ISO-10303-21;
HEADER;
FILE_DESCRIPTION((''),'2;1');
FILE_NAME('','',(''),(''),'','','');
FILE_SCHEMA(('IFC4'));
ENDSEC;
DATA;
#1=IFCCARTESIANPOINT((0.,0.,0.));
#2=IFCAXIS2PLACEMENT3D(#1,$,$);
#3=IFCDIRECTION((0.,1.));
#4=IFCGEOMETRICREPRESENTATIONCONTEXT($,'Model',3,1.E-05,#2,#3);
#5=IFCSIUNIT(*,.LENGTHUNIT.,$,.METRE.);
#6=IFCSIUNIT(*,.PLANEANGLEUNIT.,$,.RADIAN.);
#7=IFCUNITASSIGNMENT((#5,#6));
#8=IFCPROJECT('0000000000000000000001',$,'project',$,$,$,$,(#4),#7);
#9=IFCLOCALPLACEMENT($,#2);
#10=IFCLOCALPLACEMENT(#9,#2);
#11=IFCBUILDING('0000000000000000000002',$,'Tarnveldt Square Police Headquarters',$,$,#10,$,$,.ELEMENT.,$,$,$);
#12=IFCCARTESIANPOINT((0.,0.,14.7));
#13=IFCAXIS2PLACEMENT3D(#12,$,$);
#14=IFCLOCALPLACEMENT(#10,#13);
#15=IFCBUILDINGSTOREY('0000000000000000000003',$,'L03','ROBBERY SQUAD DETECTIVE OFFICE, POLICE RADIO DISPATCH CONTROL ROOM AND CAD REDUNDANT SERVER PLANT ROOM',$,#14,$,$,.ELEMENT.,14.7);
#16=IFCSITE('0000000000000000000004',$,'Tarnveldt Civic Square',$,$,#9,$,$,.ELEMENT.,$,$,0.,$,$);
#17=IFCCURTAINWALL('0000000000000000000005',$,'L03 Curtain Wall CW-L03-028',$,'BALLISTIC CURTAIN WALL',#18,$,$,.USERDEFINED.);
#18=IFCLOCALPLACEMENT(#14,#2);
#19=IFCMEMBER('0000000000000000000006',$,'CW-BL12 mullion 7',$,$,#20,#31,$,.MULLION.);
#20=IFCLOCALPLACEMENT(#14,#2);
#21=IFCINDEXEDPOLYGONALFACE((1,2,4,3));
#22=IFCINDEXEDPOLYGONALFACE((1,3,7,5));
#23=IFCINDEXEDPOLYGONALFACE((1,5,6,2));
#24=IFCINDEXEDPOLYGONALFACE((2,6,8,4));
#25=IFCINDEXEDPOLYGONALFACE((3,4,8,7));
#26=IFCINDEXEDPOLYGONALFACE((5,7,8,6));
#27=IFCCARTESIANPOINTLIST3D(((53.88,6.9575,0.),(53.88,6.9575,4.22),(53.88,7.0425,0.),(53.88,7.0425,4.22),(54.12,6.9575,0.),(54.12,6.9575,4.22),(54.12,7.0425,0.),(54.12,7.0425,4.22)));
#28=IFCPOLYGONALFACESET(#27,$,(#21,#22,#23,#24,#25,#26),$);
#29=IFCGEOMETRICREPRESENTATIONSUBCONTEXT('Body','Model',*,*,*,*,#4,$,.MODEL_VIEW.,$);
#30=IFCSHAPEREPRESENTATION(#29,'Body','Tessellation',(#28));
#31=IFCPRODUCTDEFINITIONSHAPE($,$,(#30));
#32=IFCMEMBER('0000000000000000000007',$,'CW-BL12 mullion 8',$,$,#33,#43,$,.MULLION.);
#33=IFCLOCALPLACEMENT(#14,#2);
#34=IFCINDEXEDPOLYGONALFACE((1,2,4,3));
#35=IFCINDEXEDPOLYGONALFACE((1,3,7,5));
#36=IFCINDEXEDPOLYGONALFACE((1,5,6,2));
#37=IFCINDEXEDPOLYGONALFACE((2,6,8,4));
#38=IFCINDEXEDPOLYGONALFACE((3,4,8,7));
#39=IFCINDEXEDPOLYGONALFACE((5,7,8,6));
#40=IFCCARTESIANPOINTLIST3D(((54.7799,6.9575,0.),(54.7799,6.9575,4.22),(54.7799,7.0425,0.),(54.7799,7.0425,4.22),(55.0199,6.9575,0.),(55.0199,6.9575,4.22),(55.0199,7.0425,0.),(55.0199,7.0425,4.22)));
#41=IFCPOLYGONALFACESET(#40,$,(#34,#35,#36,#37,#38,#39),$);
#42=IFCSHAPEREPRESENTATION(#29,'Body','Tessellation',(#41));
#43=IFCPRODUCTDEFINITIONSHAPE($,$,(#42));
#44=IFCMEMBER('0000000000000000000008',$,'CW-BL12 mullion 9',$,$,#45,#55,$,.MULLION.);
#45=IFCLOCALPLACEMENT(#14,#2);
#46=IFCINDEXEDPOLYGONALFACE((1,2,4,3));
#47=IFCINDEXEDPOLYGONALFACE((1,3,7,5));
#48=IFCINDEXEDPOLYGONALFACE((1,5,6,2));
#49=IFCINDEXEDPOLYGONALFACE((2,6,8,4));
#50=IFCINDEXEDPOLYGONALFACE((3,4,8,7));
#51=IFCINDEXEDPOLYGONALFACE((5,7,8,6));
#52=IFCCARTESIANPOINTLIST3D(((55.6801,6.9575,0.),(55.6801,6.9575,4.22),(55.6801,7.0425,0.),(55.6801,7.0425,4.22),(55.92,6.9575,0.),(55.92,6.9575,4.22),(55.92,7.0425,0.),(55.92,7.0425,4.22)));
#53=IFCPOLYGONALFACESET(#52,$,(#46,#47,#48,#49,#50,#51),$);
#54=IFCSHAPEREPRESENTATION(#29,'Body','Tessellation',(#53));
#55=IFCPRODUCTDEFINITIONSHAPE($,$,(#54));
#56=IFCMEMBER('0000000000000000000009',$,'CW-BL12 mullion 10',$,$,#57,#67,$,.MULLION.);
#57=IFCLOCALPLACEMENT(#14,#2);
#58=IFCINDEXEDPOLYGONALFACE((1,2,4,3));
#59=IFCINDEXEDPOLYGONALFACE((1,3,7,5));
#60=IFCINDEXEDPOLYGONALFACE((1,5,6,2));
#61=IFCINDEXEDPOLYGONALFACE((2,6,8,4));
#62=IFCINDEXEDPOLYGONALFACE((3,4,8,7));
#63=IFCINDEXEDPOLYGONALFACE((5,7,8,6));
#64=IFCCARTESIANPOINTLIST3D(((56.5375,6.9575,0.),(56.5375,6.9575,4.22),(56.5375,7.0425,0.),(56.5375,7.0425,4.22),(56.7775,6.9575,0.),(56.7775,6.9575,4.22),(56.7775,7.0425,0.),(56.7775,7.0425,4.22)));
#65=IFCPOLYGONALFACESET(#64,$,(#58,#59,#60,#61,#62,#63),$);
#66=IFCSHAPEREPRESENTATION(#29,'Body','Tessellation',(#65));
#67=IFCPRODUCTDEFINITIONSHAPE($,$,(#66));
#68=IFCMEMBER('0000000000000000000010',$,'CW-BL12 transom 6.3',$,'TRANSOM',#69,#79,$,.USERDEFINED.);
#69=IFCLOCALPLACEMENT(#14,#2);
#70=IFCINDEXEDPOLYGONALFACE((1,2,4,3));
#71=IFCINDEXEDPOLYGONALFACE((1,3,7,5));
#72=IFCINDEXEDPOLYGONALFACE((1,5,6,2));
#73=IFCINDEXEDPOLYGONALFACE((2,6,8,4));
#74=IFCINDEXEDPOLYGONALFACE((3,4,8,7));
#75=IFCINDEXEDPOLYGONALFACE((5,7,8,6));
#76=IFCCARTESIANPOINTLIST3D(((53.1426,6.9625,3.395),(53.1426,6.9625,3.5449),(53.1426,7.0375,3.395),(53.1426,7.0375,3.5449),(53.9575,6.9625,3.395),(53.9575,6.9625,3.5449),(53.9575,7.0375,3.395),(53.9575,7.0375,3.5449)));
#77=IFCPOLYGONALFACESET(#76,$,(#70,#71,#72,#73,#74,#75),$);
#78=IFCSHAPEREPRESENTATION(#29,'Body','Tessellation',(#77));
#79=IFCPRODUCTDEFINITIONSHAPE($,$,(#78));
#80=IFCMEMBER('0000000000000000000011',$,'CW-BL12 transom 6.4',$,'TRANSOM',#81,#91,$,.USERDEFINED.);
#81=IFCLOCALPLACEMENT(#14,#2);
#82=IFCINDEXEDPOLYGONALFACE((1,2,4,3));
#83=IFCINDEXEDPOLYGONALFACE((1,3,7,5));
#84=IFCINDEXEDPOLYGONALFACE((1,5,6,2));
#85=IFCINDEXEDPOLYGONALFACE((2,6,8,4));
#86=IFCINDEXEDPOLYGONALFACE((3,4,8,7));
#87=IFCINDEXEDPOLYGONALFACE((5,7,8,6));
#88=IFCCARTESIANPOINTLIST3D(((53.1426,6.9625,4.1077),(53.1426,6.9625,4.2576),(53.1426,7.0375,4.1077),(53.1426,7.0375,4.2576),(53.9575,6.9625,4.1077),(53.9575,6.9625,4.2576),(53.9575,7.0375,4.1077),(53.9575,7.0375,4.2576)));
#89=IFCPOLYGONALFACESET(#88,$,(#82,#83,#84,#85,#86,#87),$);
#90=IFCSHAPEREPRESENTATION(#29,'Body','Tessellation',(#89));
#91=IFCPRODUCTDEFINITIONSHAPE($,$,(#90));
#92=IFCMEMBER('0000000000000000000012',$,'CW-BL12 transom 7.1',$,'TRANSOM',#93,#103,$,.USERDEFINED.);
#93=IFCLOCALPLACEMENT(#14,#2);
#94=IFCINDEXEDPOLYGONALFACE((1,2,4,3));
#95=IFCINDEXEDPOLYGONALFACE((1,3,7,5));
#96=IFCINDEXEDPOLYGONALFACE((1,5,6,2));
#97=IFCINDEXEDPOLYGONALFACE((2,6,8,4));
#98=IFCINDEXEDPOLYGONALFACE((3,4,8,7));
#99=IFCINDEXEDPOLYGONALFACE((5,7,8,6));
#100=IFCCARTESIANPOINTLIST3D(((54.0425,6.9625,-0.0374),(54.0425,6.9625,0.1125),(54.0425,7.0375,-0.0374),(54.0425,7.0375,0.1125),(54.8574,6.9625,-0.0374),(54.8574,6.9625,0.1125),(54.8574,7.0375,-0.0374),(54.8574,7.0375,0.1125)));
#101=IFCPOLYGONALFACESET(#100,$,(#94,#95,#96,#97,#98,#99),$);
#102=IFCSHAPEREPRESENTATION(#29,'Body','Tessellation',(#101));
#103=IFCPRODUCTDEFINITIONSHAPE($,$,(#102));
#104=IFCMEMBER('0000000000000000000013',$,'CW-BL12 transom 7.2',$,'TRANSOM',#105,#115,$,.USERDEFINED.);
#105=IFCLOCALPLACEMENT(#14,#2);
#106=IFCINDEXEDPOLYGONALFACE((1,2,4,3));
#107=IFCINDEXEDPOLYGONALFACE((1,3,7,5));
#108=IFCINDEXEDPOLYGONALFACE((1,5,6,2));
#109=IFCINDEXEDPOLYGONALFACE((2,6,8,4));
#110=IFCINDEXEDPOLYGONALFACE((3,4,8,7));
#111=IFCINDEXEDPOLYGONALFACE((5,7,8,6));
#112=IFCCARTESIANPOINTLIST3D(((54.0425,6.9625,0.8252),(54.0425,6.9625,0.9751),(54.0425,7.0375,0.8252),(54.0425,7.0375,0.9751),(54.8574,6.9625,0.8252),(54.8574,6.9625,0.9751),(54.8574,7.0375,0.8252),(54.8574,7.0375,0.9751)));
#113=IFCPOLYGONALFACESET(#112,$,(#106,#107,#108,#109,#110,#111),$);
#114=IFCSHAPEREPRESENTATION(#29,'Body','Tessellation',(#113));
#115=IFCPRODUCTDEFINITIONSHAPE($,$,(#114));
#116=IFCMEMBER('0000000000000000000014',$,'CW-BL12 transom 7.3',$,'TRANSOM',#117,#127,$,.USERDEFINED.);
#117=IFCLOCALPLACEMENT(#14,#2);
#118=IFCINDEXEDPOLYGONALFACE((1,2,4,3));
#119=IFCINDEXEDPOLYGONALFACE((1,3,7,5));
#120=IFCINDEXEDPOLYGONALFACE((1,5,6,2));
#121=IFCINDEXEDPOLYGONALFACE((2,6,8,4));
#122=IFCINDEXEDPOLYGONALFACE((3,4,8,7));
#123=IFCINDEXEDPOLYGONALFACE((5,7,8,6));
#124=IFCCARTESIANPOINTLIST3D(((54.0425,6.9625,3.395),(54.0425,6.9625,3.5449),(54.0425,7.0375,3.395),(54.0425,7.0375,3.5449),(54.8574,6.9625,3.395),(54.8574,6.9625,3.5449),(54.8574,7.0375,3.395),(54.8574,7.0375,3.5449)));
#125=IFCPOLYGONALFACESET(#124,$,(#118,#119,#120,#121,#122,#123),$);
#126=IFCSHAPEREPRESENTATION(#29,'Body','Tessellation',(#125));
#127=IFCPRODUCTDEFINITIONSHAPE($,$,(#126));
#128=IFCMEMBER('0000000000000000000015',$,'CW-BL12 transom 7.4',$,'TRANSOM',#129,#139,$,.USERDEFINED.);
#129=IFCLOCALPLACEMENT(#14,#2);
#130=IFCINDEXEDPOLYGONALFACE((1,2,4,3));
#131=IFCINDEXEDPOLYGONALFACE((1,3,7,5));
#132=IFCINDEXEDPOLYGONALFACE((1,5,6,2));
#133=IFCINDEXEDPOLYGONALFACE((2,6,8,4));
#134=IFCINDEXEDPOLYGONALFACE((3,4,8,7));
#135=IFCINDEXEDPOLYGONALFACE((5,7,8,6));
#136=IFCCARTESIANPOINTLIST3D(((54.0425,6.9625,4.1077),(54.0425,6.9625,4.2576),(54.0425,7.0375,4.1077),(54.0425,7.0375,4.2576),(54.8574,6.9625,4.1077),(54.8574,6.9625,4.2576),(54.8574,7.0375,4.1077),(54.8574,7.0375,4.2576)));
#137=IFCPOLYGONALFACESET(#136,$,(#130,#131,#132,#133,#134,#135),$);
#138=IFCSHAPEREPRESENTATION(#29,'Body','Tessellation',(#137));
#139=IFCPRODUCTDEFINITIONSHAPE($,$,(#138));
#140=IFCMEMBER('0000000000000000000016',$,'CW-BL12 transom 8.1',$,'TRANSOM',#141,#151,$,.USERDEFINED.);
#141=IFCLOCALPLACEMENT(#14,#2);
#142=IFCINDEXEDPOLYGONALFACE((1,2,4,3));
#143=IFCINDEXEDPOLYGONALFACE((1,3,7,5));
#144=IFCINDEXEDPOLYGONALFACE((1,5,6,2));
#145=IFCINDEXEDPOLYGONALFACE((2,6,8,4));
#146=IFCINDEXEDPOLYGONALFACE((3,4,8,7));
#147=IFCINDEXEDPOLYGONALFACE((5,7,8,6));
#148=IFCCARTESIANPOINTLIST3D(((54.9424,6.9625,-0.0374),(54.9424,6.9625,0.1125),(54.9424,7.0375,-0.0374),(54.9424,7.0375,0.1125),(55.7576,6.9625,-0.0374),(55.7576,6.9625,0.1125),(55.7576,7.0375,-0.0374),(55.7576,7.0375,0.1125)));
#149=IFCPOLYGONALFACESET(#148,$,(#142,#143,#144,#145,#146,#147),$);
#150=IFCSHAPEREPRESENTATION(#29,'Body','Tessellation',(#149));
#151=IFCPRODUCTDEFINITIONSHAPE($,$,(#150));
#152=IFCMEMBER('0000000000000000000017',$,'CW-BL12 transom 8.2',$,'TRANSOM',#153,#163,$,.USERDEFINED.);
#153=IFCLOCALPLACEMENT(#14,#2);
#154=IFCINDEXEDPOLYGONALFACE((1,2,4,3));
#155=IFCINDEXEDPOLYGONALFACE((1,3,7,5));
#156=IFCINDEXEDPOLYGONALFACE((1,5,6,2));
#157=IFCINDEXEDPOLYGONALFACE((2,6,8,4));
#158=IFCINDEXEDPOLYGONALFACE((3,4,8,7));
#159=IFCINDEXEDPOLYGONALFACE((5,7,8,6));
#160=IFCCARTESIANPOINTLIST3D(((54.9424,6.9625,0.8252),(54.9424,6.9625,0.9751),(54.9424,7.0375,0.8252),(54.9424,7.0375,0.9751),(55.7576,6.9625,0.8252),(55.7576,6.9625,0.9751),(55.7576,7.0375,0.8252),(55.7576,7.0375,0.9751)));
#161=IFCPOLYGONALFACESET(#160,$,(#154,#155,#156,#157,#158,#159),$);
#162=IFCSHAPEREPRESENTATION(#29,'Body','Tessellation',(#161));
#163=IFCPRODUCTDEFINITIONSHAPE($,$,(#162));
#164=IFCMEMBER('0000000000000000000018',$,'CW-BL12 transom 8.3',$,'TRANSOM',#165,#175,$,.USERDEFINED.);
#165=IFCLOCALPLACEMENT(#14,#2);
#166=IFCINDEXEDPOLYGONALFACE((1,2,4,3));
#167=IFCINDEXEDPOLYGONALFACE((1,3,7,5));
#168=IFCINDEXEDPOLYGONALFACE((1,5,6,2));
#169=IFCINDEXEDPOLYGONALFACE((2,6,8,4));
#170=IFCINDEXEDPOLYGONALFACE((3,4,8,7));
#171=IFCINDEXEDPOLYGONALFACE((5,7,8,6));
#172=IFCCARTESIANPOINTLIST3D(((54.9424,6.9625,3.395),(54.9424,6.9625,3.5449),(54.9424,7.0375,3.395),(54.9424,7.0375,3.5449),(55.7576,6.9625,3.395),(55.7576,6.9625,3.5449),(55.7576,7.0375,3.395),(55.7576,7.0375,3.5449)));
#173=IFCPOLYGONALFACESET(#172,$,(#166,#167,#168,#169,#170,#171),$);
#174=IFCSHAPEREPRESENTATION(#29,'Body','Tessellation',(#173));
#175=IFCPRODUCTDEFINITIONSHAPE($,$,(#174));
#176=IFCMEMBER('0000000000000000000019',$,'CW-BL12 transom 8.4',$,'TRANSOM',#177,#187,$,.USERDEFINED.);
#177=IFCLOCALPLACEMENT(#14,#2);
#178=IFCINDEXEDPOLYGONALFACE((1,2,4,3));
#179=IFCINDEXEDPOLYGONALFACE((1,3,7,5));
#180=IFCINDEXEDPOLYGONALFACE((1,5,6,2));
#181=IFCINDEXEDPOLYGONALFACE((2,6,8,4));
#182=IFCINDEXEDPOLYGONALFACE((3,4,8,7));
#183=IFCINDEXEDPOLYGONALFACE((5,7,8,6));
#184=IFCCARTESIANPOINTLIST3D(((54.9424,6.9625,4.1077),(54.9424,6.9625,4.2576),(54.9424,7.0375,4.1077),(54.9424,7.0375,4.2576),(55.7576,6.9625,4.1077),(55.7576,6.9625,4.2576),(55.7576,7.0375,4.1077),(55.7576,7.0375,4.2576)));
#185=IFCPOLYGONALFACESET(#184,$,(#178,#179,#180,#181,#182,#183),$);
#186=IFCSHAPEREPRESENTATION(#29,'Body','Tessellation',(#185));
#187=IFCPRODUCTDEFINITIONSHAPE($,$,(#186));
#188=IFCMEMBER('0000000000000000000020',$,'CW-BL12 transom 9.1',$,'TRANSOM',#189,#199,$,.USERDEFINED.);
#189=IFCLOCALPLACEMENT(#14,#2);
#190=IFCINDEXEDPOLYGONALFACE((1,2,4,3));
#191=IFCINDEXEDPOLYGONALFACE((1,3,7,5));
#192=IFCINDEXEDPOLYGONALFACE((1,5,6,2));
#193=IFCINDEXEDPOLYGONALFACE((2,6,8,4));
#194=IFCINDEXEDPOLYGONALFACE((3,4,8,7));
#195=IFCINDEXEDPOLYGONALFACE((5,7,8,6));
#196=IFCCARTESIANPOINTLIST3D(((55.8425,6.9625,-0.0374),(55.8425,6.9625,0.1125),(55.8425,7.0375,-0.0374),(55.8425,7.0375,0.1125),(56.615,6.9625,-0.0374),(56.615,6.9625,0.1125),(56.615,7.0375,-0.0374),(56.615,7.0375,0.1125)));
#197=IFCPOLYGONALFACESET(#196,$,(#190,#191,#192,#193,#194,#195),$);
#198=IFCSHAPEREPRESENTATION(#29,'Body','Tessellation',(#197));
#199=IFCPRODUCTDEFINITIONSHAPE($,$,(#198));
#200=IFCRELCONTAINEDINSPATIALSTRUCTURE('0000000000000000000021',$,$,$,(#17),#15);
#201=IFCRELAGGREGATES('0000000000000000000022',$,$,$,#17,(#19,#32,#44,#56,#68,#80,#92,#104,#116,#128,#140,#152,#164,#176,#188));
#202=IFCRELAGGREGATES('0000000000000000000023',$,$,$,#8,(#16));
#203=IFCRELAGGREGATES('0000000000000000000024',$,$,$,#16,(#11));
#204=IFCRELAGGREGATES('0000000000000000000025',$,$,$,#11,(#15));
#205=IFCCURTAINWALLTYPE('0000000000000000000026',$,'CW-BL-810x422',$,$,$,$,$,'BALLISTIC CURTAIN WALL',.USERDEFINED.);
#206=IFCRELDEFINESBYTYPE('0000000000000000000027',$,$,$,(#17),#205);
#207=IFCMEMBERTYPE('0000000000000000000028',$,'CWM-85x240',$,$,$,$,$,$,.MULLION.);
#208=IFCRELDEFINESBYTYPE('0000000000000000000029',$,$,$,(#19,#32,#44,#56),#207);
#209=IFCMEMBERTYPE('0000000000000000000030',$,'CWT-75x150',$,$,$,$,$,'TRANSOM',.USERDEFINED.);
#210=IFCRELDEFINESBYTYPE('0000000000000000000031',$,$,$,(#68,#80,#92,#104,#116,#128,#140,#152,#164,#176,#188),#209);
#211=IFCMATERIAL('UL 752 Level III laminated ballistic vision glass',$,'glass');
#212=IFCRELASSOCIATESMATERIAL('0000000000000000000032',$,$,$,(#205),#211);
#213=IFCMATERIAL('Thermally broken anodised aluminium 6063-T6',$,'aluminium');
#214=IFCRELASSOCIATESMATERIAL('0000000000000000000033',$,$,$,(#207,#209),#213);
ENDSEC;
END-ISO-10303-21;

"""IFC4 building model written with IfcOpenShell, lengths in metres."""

from ifc_helpers import new_model, si_unit, direction, frame, origin, origin_2d, place, context, subcontext, project, spatial, rectangle, extrude, material, material_profile, profile_set, type_object, element, aggregate, save


model = new_model("IFC4")

# Units and contexts
model_context = context("Model", 3, precision=1e-05, world=origin(), true_north=direction((0.0, 1.0)))
body_context = subcontext(model_context, "Body", "Model", "MODEL_VIEW")
ifc_project = project(units=[si_unit("LENGTHUNIT", "METRE"), si_unit("PLANEANGLEUNIT", "RADIAN")], contexts=[model_context])

# Site, building, storey
site_placement = place(None, origin())
site = spatial("IfcSite", under=ifc_project, at=site_placement, Name="Tarnveldt Civic Square", CompositionType="ELEMENT", RefElevation=0.0)
building_placement = place(site_placement, origin())
building = spatial("IfcBuilding", under=site, at=building_placement, Name="Tarnveldt Square Police Headquarters", CompositionType="ELEMENT")
storey_placement = place(building_placement, frame((0.0, 0.0, 14.7)))
storey = spatial("IfcBuildingStorey", under=building, at=storey_placement, Name="L03", Description="ROBBERY SQUAD DETECTIVE OFFICE, POLICE RADIO DISPATCH CONTROL ROOM AND CAD REDUNDANT SERVER PLANT ROOM", CompositionType="ELEMENT", Elevation=14.7)

# Curtain wall, members
ifc_material_1 = material(Name="UL 752 Level III laminated ballistic vision glass", Category="glass")
curtain_wall_type = type_object("IfcCurtainWallType", Name="CW-BL-810x422", ElementType="BALLISTIC CURTAIN WALL", PredefinedType="USERDEFINED", material=ifc_material_1)
curtain_wall_placement = place(storey_placement, origin())
curtain_wall = element("IfcCurtainWall", 1, at=curtain_wall_placement, inside=storey, type_object=curtain_wall_type, Name="L03 Curtain Wall CW-L03-028", ObjectType="BALLISTIC CURTAIN WALL", PredefinedType="USERDEFINED")
ifc_material_2 = material(Name="Thermally broken anodised aluminium 6063-T6", Category="aluminium")
ifc_material_profile_1 = material_profile(ifc_material_2, rectangle(XDim=0.085, YDim=0.24, at=origin_2d()), Name="CW-M85x240")
ifc_profile_set_1 = profile_set([ifc_material_profile_1], Name="Thermally broken anodised aluminium 6063-T6")
member_type_1 = type_object("IfcMemberType", Name="CWM-85x240", PredefinedType="MULLION", material=ifc_profile_set_1)
member_1_placement = place(storey_placement, frame((54.0, 7.0, 0.0), z_axis=(0.0, 0.0, 1.0), x_axis=(0.0, 1.0, 0.0)))
member_1 = element("IfcMember", 2, at=member_1_placement, type_object=member_type_1, Name="CW-BL12 mullion 7", PredefinedType="MULLION", context=body_context, shape_type="SweptSolid", body=[
    extrude(rectangle(XDim=0.085, YDim=0.24, at=origin_2d()), origin(), (0.0, 0.0, 1.0), 4.22),
])
member_2_placement = place(storey_placement, frame((54.8999, 7.0, 0.0), z_axis=(0.0, 0.0, 1.0), x_axis=(0.0, 1.0, 0.0)))
member_2 = element("IfcMember", 3, at=member_2_placement, type_object=member_type_1, Name="CW-BL12 mullion 8", PredefinedType="MULLION", context=body_context, shape_type="SweptSolid", body=[
    extrude(rectangle(XDim=0.085, YDim=0.24, at=origin_2d()), origin(), (0.0, 0.0, 1.0), 4.22),
])
member_3_placement = place(storey_placement, frame((55.8, 7.0, 0.0), z_axis=(0.0, 0.0, 1.0), x_axis=(0.0, 1.0, 0.0)))
member_3 = element("IfcMember", 4, at=member_3_placement, type_object=member_type_1, Name="CW-BL12 mullion 9", PredefinedType="MULLION", context=body_context, shape_type="SweptSolid", body=[
    extrude(rectangle(XDim=0.085, YDim=0.24, at=origin_2d()), origin(), (0.0, 0.0, 1.0), 4.22),
])
member_4_placement = place(storey_placement, frame((56.6575, 7.0, 0.0), z_axis=(0.0, 0.0, 1.0), x_axis=(0.0, 1.0, 0.0)))
member_4 = element("IfcMember", 5, at=member_4_placement, type_object=member_type_1, Name="CW-BL12 mullion 10", PredefinedType="MULLION", context=body_context, shape_type="SweptSolid", body=[
    extrude(rectangle(XDim=0.085, YDim=0.24, at=origin_2d()), origin(), (0.0, 0.0, 1.0), 4.22),
])
ifc_material_profile_2 = material_profile(ifc_material_2, rectangle(XDim=0.075, YDim=0.1499, at=origin_2d()), Name="CW-T75x150")
ifc_profile_set_2 = profile_set([ifc_material_profile_2], Name="Thermally broken anodised aluminium 6063-T6")
member_type_2 = type_object("IfcMemberType", Name="CWT-75x150", ElementType="TRANSOM", PredefinedType="USERDEFINED", material=ifc_profile_set_2)
member_5_placement = place(storey_placement, frame((53.1426, 7.0, 3.47), z_axis=(1.0, 0.0, 0.0), x_axis=(0.0, 1.0, 0.0)))
member_5 = element("IfcMember", 6, at=member_5_placement, type_object=member_type_2, Name="CW-BL12 transom 6.3", ObjectType="TRANSOM", PredefinedType="USERDEFINED", context=body_context, shape_type="SweptSolid", body=[
    extrude(rectangle(XDim=0.075, YDim=0.1499, at=origin_2d()), origin(), (0.0, 0.0, 1.0), 0.8149),
])
member_6_placement = place(storey_placement, frame((53.1426, 7.0, 4.1826), z_axis=(1.0, 0.0, 0.0), x_axis=(0.0, 1.0, 0.0)))
member_6 = element("IfcMember", 7, at=member_6_placement, type_object=member_type_2, Name="CW-BL12 transom 6.4", ObjectType="TRANSOM", PredefinedType="USERDEFINED", context=body_context, shape_type="SweptSolid", body=[
    extrude(rectangle(XDim=0.075, YDim=0.1499, at=origin_2d()), origin(), (0.0, 0.0, 1.0), 0.8149),
])
member_7_placement = place(storey_placement, frame((54.0425, 7.0, 0.0376), z_axis=(1.0, 0.0, 0.0), x_axis=(0.0, 1.0, 0.0)))
member_7 = element("IfcMember", 8, at=member_7_placement, type_object=member_type_2, Name="CW-BL12 transom 7.1", ObjectType="TRANSOM", PredefinedType="USERDEFINED", context=body_context, shape_type="SweptSolid", body=[
    extrude(rectangle(XDim=0.075, YDim=0.1499, at=origin_2d()), origin(), (0.0, 0.0, 1.0), 0.8149),
])
member_8_placement = place(storey_placement, frame((54.0425, 7.0, 0.9001), z_axis=(1.0, 0.0, 0.0), x_axis=(0.0, 1.0, 0.0)))
member_8 = element("IfcMember", 9, at=member_8_placement, type_object=member_type_2, Name="CW-BL12 transom 7.2", ObjectType="TRANSOM", PredefinedType="USERDEFINED", context=body_context, shape_type="SweptSolid", body=[
    extrude(rectangle(XDim=0.075, YDim=0.1499, at=origin_2d()), origin(), (0.0, 0.0, 1.0), 0.8149),
])
member_9_placement = place(storey_placement, frame((54.0425, 7.0, 3.47), z_axis=(1.0, 0.0, 0.0), x_axis=(0.0, 1.0, 0.0)))
member_9 = element("IfcMember", 10, at=member_9_placement, type_object=member_type_2, Name="CW-BL12 transom 7.3", ObjectType="TRANSOM", PredefinedType="USERDEFINED", context=body_context, shape_type="SweptSolid", body=[
    extrude(rectangle(XDim=0.075, YDim=0.1499, at=origin_2d()), origin(), (0.0, 0.0, 1.0), 0.8149),
])
member_10_placement = place(storey_placement, frame((54.0425, 7.0, 4.1826), z_axis=(1.0, 0.0, 0.0), x_axis=(0.0, 1.0, 0.0)))
member_10 = element("IfcMember", 11, at=member_10_placement, type_object=member_type_2, Name="CW-BL12 transom 7.4", ObjectType="TRANSOM", PredefinedType="USERDEFINED", context=body_context, shape_type="SweptSolid", body=[
    extrude(rectangle(XDim=0.075, YDim=0.1499, at=origin_2d()), origin(), (0.0, 0.0, 1.0), 0.8149),
])
member_11_placement = place(storey_placement, frame((54.9424, 7.0, 0.0376), z_axis=(1.0, 0.0, 0.0), x_axis=(0.0, 1.0, 0.0)))
member_11 = element("IfcMember", 12, at=member_11_placement, type_object=member_type_2, Name="CW-BL12 transom 8.1", ObjectType="TRANSOM", PredefinedType="USERDEFINED", context=body_context, shape_type="SweptSolid", body=[
    extrude(rectangle(XDim=0.075, YDim=0.1499, at=origin_2d()), origin(), (0.0, 0.0, 1.0), 0.8152),
])
member_12_placement = place(storey_placement, frame((54.9424, 7.0, 0.9001), z_axis=(1.0, 0.0, 0.0), x_axis=(0.0, 1.0, 0.0)))
member_12 = element("IfcMember", 13, at=member_12_placement, type_object=member_type_2, Name="CW-BL12 transom 8.2", ObjectType="TRANSOM", PredefinedType="USERDEFINED", context=body_context, shape_type="SweptSolid", body=[
    extrude(rectangle(XDim=0.075, YDim=0.1499, at=origin_2d()), origin(), (0.0, 0.0, 1.0), 0.8152),
])
member_13_placement = place(storey_placement, frame((54.9424, 7.0, 3.47), z_axis=(1.0, 0.0, 0.0), x_axis=(0.0, 1.0, 0.0)))
member_13 = element("IfcMember", 14, at=member_13_placement, type_object=member_type_2, Name="CW-BL12 transom 8.3", ObjectType="TRANSOM", PredefinedType="USERDEFINED", context=body_context, shape_type="SweptSolid", body=[
    extrude(rectangle(XDim=0.075, YDim=0.1499, at=origin_2d()), origin(), (0.0, 0.0, 1.0), 0.8152),
])
member_14_placement = place(storey_placement, frame((54.9424, 7.0, 4.1826), z_axis=(1.0, 0.0, 0.0), x_axis=(0.0, 1.0, 0.0)))
member_14 = element("IfcMember", 15, at=member_14_placement, type_object=member_type_2, Name="CW-BL12 transom 8.4", ObjectType="TRANSOM", PredefinedType="USERDEFINED", context=body_context, shape_type="SweptSolid", body=[
    extrude(rectangle(XDim=0.075, YDim=0.1499, at=origin_2d()), origin(), (0.0, 0.0, 1.0), 0.8152),
])
member_15_placement = place(storey_placement, frame((55.8425, 7.0, 0.0376), z_axis=(1.0, 0.0, 0.0), x_axis=(0.0, 1.0, 0.0)))
member_15 = element("IfcMember", 16, at=member_15_placement, type_object=member_type_2, Name="CW-BL12 transom 9.1", ObjectType="TRANSOM", PredefinedType="USERDEFINED", context=body_context, shape_type="SweptSolid", body=[
    extrude(rectangle(XDim=0.075, YDim=0.1499, at=origin_2d()), origin(), (0.0, 0.0, 1.0), 0.7725),
])
aggregate(curtain_wall, [member_1, member_2, member_3, member_4, member_5, member_6, member_7, member_8, member_9, member_10, member_11, member_12, member_13, member_14, member_15])

save(model, "model.ifc")
